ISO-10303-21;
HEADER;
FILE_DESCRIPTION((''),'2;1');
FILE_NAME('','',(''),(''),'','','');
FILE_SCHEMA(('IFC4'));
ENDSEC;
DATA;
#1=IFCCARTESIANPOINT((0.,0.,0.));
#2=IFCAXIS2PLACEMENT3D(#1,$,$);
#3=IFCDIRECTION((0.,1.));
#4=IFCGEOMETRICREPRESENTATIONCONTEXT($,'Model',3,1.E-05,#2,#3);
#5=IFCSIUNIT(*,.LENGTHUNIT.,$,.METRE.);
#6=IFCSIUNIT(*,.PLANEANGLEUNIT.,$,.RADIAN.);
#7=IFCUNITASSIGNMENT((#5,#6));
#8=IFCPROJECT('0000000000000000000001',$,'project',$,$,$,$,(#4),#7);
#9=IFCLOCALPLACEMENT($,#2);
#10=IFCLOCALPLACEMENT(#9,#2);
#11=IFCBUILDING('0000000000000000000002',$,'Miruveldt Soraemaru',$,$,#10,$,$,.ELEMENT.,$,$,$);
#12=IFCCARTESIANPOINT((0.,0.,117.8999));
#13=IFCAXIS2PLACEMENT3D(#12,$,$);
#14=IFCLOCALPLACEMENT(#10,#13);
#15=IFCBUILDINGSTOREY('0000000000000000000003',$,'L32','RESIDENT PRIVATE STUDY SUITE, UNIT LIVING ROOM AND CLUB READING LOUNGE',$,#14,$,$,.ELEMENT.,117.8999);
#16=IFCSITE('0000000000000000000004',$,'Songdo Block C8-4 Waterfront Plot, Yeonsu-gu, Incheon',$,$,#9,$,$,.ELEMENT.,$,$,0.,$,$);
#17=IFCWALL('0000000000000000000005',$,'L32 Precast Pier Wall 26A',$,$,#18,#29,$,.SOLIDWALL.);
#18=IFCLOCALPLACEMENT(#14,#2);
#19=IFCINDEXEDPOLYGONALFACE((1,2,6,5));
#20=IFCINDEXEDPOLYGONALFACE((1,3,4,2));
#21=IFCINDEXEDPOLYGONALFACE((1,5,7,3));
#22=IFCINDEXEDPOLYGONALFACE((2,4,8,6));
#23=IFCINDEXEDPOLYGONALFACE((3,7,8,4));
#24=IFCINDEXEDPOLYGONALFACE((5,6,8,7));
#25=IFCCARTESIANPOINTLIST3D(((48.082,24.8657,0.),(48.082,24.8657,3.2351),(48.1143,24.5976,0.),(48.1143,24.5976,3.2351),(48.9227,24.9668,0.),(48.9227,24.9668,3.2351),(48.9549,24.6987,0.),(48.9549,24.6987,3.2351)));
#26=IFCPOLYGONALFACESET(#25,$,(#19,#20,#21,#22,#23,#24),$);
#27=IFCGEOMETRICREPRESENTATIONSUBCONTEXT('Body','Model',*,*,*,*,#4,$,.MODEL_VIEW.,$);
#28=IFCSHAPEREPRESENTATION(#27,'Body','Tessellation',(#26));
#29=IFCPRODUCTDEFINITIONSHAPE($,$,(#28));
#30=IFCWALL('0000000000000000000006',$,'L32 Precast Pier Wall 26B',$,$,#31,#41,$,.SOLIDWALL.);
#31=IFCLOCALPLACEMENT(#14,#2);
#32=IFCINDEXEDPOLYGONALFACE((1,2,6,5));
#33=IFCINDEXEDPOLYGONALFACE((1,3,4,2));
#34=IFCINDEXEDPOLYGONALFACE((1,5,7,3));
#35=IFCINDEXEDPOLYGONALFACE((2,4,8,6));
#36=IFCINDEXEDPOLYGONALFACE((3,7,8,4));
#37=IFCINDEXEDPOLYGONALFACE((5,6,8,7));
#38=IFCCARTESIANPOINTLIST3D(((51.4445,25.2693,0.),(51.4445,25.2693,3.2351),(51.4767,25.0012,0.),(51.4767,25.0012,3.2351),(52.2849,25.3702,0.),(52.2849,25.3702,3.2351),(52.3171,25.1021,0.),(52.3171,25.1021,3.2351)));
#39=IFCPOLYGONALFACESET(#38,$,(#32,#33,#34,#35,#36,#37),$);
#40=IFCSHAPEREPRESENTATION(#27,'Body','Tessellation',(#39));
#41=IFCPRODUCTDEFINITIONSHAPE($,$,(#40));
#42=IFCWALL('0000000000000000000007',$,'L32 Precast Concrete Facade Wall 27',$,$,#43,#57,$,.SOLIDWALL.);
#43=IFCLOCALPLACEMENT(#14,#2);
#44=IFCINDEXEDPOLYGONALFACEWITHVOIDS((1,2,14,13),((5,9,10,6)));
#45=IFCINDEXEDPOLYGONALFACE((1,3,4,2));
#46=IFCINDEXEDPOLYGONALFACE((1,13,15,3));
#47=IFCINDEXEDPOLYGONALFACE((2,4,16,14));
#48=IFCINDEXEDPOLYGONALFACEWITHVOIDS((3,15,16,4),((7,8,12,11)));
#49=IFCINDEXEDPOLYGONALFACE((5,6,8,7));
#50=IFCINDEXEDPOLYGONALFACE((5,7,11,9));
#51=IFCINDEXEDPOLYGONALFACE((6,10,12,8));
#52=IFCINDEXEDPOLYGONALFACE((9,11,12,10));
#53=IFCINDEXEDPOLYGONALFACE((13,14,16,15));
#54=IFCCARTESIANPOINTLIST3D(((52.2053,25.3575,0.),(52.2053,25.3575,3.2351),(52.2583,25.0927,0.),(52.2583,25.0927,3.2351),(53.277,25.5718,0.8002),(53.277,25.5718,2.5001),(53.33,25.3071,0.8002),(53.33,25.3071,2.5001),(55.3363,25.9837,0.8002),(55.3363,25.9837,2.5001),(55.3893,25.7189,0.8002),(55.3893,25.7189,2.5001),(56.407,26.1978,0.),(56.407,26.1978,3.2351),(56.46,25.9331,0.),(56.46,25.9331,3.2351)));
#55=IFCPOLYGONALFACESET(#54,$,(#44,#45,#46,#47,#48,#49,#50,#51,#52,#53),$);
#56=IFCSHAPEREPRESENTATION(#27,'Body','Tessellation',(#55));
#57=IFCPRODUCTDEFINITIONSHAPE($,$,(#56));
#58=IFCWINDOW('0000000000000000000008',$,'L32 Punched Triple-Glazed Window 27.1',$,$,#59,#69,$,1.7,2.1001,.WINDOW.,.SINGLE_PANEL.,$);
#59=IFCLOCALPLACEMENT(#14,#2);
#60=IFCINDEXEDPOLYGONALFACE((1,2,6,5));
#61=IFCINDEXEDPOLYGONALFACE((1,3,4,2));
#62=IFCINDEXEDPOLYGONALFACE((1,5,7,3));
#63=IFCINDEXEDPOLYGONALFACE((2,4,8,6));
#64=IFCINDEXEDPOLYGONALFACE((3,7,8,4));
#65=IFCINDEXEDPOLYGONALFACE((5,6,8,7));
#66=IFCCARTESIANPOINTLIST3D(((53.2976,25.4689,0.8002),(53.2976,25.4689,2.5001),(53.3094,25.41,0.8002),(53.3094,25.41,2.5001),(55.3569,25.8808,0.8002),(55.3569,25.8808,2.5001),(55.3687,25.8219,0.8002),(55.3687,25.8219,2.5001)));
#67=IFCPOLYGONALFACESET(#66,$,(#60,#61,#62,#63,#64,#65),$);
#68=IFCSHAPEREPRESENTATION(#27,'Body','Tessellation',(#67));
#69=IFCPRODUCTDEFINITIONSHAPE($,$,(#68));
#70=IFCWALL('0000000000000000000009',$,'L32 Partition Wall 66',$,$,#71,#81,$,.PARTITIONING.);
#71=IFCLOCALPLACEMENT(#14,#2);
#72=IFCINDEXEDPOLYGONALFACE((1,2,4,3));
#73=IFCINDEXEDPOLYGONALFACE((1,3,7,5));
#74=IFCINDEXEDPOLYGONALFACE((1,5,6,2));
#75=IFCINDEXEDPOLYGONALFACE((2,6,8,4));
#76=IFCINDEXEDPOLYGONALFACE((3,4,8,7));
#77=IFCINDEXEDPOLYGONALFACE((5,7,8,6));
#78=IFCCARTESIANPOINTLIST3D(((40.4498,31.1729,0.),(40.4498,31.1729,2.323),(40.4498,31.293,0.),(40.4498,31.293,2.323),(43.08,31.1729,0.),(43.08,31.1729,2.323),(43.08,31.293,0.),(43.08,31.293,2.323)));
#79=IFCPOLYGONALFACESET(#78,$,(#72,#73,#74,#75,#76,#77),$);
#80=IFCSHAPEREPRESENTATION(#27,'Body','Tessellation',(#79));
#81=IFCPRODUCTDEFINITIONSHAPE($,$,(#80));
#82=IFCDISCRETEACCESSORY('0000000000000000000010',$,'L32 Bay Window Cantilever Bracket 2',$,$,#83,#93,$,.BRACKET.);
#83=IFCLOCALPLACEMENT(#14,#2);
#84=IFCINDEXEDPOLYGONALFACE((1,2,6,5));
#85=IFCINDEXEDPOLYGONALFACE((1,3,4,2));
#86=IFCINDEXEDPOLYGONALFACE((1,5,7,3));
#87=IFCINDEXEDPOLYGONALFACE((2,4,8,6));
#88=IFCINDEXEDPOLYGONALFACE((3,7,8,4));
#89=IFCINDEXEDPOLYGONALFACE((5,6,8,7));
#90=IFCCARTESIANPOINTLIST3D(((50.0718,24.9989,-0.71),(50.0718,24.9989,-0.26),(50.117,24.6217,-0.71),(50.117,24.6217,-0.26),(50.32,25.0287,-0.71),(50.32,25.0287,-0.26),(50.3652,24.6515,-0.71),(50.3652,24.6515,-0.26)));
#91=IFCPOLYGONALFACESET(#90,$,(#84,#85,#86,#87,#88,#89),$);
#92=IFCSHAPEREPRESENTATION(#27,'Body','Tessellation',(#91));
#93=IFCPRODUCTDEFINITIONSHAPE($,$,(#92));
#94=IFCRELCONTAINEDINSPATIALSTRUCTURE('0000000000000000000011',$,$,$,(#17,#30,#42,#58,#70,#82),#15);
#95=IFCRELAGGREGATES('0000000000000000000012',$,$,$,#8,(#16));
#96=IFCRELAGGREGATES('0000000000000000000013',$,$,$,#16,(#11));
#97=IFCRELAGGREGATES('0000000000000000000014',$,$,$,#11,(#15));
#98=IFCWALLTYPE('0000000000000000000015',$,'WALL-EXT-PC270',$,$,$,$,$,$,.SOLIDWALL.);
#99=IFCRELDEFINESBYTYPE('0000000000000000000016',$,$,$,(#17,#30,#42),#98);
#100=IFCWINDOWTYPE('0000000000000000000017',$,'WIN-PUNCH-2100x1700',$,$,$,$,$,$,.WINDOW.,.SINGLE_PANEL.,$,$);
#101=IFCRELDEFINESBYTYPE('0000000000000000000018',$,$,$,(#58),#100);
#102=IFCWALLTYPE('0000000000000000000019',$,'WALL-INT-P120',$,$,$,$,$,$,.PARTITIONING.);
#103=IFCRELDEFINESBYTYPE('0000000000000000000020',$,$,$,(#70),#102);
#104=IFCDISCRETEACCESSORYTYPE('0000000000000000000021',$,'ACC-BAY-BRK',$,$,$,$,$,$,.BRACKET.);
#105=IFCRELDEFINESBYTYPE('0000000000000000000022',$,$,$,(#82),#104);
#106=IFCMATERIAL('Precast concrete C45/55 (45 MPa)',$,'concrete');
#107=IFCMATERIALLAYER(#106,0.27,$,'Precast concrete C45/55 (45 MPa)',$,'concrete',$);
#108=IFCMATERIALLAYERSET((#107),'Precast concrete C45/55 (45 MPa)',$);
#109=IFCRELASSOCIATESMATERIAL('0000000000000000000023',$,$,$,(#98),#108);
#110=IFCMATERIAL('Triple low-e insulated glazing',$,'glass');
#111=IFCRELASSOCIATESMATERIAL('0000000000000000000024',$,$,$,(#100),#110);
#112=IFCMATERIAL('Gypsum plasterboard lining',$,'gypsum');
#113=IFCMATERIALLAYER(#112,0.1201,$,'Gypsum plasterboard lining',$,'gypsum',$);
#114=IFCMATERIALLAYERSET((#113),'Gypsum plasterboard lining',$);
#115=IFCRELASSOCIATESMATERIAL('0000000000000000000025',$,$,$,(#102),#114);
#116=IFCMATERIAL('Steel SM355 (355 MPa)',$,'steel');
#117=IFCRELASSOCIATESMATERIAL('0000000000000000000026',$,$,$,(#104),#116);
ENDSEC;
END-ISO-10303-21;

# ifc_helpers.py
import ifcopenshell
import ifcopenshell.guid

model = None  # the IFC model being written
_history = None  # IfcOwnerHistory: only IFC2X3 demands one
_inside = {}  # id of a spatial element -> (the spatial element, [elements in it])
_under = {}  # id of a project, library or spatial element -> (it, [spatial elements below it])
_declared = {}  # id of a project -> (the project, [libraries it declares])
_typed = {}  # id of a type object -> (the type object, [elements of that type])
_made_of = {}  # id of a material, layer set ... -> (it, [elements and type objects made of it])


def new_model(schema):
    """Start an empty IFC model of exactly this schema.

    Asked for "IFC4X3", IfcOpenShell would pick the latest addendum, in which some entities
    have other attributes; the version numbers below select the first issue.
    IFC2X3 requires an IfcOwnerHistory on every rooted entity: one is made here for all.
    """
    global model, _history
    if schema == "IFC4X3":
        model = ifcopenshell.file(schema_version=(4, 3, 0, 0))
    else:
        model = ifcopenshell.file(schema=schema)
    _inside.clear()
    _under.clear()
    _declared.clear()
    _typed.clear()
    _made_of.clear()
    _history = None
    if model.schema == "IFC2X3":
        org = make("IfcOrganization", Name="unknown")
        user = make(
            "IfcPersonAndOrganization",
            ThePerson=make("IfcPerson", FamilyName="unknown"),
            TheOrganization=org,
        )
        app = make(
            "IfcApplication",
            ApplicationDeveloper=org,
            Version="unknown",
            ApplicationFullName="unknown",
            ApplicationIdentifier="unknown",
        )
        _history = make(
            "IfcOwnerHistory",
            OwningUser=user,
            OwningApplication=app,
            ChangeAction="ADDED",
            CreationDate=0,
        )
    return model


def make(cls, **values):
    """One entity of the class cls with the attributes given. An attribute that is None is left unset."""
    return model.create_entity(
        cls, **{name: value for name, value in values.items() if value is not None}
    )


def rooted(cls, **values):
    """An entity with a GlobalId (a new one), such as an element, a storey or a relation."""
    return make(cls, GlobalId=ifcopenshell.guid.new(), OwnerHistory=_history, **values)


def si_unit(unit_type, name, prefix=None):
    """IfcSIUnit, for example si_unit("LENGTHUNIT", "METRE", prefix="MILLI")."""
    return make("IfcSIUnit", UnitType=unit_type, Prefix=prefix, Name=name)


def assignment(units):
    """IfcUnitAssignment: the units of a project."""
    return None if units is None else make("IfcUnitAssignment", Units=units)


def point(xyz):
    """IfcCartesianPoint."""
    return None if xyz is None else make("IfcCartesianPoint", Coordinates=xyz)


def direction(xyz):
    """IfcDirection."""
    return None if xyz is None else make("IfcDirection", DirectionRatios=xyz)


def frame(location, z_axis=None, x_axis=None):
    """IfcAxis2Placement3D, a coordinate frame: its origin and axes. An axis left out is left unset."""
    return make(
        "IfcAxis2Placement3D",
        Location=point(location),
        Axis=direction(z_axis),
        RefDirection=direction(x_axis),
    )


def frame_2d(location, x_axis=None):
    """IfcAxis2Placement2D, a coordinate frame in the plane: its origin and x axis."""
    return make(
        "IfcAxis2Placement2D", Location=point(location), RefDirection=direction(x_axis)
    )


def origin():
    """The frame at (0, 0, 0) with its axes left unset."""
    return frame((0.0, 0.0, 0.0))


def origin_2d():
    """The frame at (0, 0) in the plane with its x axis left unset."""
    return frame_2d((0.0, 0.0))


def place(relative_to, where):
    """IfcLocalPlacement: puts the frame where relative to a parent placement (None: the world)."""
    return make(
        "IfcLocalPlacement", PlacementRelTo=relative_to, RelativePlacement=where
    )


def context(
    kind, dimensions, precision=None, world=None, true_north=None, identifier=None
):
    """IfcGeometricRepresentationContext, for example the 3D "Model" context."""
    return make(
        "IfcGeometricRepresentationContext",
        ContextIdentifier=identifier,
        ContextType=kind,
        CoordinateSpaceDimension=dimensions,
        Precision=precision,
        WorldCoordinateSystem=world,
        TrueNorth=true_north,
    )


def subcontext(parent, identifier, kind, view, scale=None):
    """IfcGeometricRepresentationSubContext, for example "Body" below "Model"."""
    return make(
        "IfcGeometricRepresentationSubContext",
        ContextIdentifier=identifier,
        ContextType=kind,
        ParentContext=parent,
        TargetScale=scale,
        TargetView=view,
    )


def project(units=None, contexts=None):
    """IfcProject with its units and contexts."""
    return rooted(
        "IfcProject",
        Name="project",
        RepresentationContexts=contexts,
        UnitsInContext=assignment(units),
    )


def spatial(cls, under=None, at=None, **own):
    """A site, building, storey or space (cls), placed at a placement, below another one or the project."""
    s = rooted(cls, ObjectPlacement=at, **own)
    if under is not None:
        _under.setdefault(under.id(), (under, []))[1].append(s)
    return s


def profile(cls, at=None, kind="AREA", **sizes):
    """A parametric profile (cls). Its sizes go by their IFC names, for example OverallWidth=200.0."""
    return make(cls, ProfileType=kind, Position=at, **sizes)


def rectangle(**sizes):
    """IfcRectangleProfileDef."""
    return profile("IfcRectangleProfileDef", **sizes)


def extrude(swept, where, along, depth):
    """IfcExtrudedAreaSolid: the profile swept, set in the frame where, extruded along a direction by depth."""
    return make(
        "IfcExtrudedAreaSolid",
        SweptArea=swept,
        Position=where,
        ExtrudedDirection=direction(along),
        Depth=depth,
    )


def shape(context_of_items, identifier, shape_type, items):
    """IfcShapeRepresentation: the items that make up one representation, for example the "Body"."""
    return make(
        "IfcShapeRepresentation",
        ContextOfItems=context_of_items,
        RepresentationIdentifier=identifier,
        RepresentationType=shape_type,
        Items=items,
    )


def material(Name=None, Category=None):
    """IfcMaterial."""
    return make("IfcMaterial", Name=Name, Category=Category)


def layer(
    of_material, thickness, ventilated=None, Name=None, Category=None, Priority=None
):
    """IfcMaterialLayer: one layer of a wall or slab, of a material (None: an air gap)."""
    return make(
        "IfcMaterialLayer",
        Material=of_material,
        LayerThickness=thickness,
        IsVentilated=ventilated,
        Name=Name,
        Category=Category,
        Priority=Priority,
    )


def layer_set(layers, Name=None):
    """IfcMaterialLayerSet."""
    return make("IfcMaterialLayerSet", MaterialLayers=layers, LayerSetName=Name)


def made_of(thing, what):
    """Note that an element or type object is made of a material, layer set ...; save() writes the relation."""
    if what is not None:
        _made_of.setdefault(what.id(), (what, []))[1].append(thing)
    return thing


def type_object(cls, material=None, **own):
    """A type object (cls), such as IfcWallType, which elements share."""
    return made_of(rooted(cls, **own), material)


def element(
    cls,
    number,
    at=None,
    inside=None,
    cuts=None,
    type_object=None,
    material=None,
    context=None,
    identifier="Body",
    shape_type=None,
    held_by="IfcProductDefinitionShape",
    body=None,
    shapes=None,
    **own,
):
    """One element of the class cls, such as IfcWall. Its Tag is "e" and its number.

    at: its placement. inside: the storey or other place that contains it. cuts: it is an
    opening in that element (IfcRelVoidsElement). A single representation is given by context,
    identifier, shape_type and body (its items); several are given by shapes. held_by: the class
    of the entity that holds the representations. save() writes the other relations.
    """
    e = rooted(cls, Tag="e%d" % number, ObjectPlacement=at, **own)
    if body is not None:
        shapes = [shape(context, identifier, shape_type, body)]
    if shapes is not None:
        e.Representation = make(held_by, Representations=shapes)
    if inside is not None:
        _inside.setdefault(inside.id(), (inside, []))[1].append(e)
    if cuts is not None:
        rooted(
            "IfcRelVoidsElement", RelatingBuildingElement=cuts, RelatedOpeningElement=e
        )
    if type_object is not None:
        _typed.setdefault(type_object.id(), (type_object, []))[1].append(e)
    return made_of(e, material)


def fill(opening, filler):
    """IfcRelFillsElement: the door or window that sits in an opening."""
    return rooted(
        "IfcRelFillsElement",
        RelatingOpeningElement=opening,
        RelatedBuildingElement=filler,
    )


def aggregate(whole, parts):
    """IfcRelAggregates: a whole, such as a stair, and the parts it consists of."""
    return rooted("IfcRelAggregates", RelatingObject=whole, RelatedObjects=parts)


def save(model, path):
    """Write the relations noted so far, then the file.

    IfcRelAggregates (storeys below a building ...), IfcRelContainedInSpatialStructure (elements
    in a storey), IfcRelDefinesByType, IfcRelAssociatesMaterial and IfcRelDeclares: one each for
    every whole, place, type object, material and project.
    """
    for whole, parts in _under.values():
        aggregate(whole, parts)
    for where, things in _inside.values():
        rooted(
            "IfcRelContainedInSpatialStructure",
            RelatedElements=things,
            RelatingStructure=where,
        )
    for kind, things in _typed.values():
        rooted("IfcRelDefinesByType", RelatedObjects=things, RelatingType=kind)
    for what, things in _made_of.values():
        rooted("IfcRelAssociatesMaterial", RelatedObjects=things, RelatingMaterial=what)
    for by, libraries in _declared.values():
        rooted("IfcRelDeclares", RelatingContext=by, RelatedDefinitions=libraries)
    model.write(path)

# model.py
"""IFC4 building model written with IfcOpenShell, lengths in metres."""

from ifc_helpers import new_model, si_unit, direction, frame, frame_2d, origin, origin_2d, place, context, subcontext, project, spatial, rectangle, extrude, material, layer, layer_set, type_object, element, fill, save


model = new_model("IFC4")

# Units and contexts
model_context = context("Model", 3, precision=1e-05, world=origin(), true_north=direction((0.0, 1.0)))
body_context = subcontext(model_context, "Body", "Model", "MODEL_VIEW")
ifc_project = project(units=[si_unit("LENGTHUNIT", "METRE"), si_unit("PLANEANGLEUNIT", "RADIAN")], contexts=[model_context])

# Site, building, storey
site_placement = place(None, origin())
site = spatial("IfcSite", under=ifc_project, at=site_placement, Name="Songdo Block C8-4 Waterfront Plot, Yeonsu-gu, Incheon", CompositionType="ELEMENT", RefElevation=0.0)
building_placement = place(site_placement, origin())
building = spatial("IfcBuilding", under=site, at=building_placement, Name="Miruveldt Soraemaru", CompositionType="ELEMENT")
storey_placement = place(building_placement, frame((0.0, 0.0, 117.8999)))
storey = spatial("IfcBuildingStorey", under=building, at=storey_placement, Name="L32", Description="RESIDENT PRIVATE STUDY SUITE, UNIT LIVING ROOM AND CLUB READING LOUNGE", CompositionType="ELEMENT", Elevation=117.8999)

# Shared definitions
ifc_material_1 = material(Name="Steel SM355 (355 MPa)", Category="steel")

# Shared definitions
ifc_material_2 = material(Name="Triple low-e insulated glazing", Category="glass")
ifc_material_3 = material(Name="Precast concrete C45/55 (45 MPa)", Category="concrete")
ifc_layer_1 = layer(ifc_material_3, 0.27, Name="Precast concrete C45/55 (45 MPa)", Category="concrete")
ifc_layer_set_1 = layer_set([ifc_layer_1], Name="Precast concrete C45/55 (45 MPa)")
wall_type_1 = type_object("IfcWallType", Name="WALL-EXT-PC270", PredefinedType="SOLIDWALL", material=ifc_layer_set_1)
window_type_1 = type_object("IfcWindowType", Name="WIN-PUNCH-2100x1700", PartitioningType="SINGLE_PANEL", PredefinedType="WINDOW", material=ifc_material_2)

# Walls
wall_1_placement = place(storey_placement, frame((48.0981, 24.7317, 0.0), z_axis=(0.0, 0.0, 1.0), x_axis=(0.992848, 0.119384, 0.0)))
element("IfcWall", 1, at=wall_1_placement, inside=storey, type_object=wall_type_1, Name="L32 Precast Pier Wall 26A", PredefinedType="SOLIDWALL", context=body_context, shape_type="SweptSolid", body=[
    extrude(rectangle(XDim=0.8467, YDim=0.27, at=frame_2d((0.4233, 0.0))), origin(), (0.0, 0.0, 1.0), 3.2351),
])
wall_2_placement = place(storey_placement, frame((51.4604, 25.1353, 0.0), z_axis=(0.0, 0.0, 1.0), x_axis=(0.992878, 0.119134, 0.0)))
element("IfcWall", 2, at=wall_2_placement, inside=storey, type_object=wall_type_1, Name="L32 Precast Pier Wall 26B", PredefinedType="SOLIDWALL", context=body_context, shape_type="SweptSolid", body=[
    extrude(rectangle(XDim=0.8464, YDim=0.27, at=frame_2d((0.4233, 0.0))), origin(), (0.0, 0.0, 1.0), 3.2351),
])

# Wall, opening, window
wall_3_placement = place(storey_placement, frame((52.2317, 25.2251, 0.0), z_axis=(0.0, 0.0, 1.0), x_axis=(0.980581, 0.196116, 0.0)))
wall_3 = element("IfcWall", 3, at=wall_3_placement, inside=storey, type_object=wall_type_1, Name="L32 Precast Concrete Facade Wall 27", PredefinedType="SOLIDWALL", context=body_context, shape_type="SweptSolid", body=[
    extrude(rectangle(XDim=4.2849, YDim=0.27, at=frame_2d((2.1426, 0.0))), origin(), (0.0, 0.0, 1.0), 3.2351),
])
opening_1_placement = place(wall_3_placement, frame((1.093, 0.0, 0.8)))
opening_1 = element("IfcOpeningElement", 4, at=opening_1_placement, cuts=wall_3, PredefinedType="OPENING", context=body_context, shape_type="SweptSolid", body=[
    extrude(rectangle(XDim=2.1001, YDim=1.7, at=frame_2d((1.05, 0.8501))), frame((0.0, 0.145, 0.0), z_axis=(0.0, -1.0, 0.0), x_axis=(1.0, 0.0, 0.0)), (0.0, 0.0, 1.0), 0.29),
])
window_1_placement = place(opening_1_placement, origin())
window_1 = element("IfcWindow", 5, at=window_1_placement, inside=storey, type_object=window_type_1, Name="L32 Punched Triple-Glazed Window 27.1", OverallHeight=1.7, OverallWidth=2.1001, PartitioningType="SINGLE_PANEL", PredefinedType="WINDOW", context=body_context, shape_type="SweptSolid", body=[
    extrude(rectangle(XDim=2.1001, YDim=1.7, at=frame_2d((1.05, 0.8501))), frame((0.0, 0.03, 0.0), z_axis=(0.0, -1.0, 0.0), x_axis=(1.0, 0.0, 0.0)), (0.0, 0.0, 1.0), 0.0601),
])
fill(opening_1, window_1)

# Wall
ifc_material_4 = material(Name="Gypsum plasterboard lining", Category="gypsum")
ifc_layer_2 = layer(ifc_material_4, 0.1201, Name="Gypsum plasterboard lining", Category="gypsum")
ifc_layer_set_2 = layer_set([ifc_layer_2], Name="Gypsum plasterboard lining")
wall_type_2 = type_object("IfcWallType", Name="WALL-INT-P120", PredefinedType="PARTITIONING", material=ifc_layer_set_2)
wall_4_placement = place(storey_placement, frame((40.45, 31.2329, 0.0), z_axis=(0.0, 0.0, 1.0), x_axis=(1.0, 0.0, 0.0)))
element("IfcWall", 6, at=wall_4_placement, inside=storey, type_object=wall_type_2, Name="L32 Partition Wall 66", PredefinedType="PARTITIONING", context=body_context, shape_type="SweptSolid", body=[
    extrude(rectangle(XDim=2.6301, YDim=0.1201, at=frame_2d((1.3149, 0.0))), origin(), (0.0, 0.0, 1.0), 2.323),
])

# Discrete accessory
discrete_accessory_type = type_object("IfcDiscreteAccessoryType", Name="ACC-BAY-BRK", PredefinedType="BRACKET", material=ifc_material_1)
discrete_accessory_placement = place(storey_placement, frame((50.2185, 24.8252, -0.71), z_axis=(0.0, 0.0, 1.0), x_axis=(0.119149, -0.992876, 0.0)))
element("IfcDiscreteAccessory", 7, at=discrete_accessory_placement, inside=storey, type_object=discrete_accessory_type, Name="L32 Bay Window Cantilever Bracket 2", PredefinedType="BRACKET", context=body_context, shape_type="SweptSolid", body=[
    extrude(rectangle(XDim=0.3799, YDim=0.25, at=origin_2d()), origin(), (0.0, 0.0, 1.0), 0.45),
])

save(model, "model.ifc")
